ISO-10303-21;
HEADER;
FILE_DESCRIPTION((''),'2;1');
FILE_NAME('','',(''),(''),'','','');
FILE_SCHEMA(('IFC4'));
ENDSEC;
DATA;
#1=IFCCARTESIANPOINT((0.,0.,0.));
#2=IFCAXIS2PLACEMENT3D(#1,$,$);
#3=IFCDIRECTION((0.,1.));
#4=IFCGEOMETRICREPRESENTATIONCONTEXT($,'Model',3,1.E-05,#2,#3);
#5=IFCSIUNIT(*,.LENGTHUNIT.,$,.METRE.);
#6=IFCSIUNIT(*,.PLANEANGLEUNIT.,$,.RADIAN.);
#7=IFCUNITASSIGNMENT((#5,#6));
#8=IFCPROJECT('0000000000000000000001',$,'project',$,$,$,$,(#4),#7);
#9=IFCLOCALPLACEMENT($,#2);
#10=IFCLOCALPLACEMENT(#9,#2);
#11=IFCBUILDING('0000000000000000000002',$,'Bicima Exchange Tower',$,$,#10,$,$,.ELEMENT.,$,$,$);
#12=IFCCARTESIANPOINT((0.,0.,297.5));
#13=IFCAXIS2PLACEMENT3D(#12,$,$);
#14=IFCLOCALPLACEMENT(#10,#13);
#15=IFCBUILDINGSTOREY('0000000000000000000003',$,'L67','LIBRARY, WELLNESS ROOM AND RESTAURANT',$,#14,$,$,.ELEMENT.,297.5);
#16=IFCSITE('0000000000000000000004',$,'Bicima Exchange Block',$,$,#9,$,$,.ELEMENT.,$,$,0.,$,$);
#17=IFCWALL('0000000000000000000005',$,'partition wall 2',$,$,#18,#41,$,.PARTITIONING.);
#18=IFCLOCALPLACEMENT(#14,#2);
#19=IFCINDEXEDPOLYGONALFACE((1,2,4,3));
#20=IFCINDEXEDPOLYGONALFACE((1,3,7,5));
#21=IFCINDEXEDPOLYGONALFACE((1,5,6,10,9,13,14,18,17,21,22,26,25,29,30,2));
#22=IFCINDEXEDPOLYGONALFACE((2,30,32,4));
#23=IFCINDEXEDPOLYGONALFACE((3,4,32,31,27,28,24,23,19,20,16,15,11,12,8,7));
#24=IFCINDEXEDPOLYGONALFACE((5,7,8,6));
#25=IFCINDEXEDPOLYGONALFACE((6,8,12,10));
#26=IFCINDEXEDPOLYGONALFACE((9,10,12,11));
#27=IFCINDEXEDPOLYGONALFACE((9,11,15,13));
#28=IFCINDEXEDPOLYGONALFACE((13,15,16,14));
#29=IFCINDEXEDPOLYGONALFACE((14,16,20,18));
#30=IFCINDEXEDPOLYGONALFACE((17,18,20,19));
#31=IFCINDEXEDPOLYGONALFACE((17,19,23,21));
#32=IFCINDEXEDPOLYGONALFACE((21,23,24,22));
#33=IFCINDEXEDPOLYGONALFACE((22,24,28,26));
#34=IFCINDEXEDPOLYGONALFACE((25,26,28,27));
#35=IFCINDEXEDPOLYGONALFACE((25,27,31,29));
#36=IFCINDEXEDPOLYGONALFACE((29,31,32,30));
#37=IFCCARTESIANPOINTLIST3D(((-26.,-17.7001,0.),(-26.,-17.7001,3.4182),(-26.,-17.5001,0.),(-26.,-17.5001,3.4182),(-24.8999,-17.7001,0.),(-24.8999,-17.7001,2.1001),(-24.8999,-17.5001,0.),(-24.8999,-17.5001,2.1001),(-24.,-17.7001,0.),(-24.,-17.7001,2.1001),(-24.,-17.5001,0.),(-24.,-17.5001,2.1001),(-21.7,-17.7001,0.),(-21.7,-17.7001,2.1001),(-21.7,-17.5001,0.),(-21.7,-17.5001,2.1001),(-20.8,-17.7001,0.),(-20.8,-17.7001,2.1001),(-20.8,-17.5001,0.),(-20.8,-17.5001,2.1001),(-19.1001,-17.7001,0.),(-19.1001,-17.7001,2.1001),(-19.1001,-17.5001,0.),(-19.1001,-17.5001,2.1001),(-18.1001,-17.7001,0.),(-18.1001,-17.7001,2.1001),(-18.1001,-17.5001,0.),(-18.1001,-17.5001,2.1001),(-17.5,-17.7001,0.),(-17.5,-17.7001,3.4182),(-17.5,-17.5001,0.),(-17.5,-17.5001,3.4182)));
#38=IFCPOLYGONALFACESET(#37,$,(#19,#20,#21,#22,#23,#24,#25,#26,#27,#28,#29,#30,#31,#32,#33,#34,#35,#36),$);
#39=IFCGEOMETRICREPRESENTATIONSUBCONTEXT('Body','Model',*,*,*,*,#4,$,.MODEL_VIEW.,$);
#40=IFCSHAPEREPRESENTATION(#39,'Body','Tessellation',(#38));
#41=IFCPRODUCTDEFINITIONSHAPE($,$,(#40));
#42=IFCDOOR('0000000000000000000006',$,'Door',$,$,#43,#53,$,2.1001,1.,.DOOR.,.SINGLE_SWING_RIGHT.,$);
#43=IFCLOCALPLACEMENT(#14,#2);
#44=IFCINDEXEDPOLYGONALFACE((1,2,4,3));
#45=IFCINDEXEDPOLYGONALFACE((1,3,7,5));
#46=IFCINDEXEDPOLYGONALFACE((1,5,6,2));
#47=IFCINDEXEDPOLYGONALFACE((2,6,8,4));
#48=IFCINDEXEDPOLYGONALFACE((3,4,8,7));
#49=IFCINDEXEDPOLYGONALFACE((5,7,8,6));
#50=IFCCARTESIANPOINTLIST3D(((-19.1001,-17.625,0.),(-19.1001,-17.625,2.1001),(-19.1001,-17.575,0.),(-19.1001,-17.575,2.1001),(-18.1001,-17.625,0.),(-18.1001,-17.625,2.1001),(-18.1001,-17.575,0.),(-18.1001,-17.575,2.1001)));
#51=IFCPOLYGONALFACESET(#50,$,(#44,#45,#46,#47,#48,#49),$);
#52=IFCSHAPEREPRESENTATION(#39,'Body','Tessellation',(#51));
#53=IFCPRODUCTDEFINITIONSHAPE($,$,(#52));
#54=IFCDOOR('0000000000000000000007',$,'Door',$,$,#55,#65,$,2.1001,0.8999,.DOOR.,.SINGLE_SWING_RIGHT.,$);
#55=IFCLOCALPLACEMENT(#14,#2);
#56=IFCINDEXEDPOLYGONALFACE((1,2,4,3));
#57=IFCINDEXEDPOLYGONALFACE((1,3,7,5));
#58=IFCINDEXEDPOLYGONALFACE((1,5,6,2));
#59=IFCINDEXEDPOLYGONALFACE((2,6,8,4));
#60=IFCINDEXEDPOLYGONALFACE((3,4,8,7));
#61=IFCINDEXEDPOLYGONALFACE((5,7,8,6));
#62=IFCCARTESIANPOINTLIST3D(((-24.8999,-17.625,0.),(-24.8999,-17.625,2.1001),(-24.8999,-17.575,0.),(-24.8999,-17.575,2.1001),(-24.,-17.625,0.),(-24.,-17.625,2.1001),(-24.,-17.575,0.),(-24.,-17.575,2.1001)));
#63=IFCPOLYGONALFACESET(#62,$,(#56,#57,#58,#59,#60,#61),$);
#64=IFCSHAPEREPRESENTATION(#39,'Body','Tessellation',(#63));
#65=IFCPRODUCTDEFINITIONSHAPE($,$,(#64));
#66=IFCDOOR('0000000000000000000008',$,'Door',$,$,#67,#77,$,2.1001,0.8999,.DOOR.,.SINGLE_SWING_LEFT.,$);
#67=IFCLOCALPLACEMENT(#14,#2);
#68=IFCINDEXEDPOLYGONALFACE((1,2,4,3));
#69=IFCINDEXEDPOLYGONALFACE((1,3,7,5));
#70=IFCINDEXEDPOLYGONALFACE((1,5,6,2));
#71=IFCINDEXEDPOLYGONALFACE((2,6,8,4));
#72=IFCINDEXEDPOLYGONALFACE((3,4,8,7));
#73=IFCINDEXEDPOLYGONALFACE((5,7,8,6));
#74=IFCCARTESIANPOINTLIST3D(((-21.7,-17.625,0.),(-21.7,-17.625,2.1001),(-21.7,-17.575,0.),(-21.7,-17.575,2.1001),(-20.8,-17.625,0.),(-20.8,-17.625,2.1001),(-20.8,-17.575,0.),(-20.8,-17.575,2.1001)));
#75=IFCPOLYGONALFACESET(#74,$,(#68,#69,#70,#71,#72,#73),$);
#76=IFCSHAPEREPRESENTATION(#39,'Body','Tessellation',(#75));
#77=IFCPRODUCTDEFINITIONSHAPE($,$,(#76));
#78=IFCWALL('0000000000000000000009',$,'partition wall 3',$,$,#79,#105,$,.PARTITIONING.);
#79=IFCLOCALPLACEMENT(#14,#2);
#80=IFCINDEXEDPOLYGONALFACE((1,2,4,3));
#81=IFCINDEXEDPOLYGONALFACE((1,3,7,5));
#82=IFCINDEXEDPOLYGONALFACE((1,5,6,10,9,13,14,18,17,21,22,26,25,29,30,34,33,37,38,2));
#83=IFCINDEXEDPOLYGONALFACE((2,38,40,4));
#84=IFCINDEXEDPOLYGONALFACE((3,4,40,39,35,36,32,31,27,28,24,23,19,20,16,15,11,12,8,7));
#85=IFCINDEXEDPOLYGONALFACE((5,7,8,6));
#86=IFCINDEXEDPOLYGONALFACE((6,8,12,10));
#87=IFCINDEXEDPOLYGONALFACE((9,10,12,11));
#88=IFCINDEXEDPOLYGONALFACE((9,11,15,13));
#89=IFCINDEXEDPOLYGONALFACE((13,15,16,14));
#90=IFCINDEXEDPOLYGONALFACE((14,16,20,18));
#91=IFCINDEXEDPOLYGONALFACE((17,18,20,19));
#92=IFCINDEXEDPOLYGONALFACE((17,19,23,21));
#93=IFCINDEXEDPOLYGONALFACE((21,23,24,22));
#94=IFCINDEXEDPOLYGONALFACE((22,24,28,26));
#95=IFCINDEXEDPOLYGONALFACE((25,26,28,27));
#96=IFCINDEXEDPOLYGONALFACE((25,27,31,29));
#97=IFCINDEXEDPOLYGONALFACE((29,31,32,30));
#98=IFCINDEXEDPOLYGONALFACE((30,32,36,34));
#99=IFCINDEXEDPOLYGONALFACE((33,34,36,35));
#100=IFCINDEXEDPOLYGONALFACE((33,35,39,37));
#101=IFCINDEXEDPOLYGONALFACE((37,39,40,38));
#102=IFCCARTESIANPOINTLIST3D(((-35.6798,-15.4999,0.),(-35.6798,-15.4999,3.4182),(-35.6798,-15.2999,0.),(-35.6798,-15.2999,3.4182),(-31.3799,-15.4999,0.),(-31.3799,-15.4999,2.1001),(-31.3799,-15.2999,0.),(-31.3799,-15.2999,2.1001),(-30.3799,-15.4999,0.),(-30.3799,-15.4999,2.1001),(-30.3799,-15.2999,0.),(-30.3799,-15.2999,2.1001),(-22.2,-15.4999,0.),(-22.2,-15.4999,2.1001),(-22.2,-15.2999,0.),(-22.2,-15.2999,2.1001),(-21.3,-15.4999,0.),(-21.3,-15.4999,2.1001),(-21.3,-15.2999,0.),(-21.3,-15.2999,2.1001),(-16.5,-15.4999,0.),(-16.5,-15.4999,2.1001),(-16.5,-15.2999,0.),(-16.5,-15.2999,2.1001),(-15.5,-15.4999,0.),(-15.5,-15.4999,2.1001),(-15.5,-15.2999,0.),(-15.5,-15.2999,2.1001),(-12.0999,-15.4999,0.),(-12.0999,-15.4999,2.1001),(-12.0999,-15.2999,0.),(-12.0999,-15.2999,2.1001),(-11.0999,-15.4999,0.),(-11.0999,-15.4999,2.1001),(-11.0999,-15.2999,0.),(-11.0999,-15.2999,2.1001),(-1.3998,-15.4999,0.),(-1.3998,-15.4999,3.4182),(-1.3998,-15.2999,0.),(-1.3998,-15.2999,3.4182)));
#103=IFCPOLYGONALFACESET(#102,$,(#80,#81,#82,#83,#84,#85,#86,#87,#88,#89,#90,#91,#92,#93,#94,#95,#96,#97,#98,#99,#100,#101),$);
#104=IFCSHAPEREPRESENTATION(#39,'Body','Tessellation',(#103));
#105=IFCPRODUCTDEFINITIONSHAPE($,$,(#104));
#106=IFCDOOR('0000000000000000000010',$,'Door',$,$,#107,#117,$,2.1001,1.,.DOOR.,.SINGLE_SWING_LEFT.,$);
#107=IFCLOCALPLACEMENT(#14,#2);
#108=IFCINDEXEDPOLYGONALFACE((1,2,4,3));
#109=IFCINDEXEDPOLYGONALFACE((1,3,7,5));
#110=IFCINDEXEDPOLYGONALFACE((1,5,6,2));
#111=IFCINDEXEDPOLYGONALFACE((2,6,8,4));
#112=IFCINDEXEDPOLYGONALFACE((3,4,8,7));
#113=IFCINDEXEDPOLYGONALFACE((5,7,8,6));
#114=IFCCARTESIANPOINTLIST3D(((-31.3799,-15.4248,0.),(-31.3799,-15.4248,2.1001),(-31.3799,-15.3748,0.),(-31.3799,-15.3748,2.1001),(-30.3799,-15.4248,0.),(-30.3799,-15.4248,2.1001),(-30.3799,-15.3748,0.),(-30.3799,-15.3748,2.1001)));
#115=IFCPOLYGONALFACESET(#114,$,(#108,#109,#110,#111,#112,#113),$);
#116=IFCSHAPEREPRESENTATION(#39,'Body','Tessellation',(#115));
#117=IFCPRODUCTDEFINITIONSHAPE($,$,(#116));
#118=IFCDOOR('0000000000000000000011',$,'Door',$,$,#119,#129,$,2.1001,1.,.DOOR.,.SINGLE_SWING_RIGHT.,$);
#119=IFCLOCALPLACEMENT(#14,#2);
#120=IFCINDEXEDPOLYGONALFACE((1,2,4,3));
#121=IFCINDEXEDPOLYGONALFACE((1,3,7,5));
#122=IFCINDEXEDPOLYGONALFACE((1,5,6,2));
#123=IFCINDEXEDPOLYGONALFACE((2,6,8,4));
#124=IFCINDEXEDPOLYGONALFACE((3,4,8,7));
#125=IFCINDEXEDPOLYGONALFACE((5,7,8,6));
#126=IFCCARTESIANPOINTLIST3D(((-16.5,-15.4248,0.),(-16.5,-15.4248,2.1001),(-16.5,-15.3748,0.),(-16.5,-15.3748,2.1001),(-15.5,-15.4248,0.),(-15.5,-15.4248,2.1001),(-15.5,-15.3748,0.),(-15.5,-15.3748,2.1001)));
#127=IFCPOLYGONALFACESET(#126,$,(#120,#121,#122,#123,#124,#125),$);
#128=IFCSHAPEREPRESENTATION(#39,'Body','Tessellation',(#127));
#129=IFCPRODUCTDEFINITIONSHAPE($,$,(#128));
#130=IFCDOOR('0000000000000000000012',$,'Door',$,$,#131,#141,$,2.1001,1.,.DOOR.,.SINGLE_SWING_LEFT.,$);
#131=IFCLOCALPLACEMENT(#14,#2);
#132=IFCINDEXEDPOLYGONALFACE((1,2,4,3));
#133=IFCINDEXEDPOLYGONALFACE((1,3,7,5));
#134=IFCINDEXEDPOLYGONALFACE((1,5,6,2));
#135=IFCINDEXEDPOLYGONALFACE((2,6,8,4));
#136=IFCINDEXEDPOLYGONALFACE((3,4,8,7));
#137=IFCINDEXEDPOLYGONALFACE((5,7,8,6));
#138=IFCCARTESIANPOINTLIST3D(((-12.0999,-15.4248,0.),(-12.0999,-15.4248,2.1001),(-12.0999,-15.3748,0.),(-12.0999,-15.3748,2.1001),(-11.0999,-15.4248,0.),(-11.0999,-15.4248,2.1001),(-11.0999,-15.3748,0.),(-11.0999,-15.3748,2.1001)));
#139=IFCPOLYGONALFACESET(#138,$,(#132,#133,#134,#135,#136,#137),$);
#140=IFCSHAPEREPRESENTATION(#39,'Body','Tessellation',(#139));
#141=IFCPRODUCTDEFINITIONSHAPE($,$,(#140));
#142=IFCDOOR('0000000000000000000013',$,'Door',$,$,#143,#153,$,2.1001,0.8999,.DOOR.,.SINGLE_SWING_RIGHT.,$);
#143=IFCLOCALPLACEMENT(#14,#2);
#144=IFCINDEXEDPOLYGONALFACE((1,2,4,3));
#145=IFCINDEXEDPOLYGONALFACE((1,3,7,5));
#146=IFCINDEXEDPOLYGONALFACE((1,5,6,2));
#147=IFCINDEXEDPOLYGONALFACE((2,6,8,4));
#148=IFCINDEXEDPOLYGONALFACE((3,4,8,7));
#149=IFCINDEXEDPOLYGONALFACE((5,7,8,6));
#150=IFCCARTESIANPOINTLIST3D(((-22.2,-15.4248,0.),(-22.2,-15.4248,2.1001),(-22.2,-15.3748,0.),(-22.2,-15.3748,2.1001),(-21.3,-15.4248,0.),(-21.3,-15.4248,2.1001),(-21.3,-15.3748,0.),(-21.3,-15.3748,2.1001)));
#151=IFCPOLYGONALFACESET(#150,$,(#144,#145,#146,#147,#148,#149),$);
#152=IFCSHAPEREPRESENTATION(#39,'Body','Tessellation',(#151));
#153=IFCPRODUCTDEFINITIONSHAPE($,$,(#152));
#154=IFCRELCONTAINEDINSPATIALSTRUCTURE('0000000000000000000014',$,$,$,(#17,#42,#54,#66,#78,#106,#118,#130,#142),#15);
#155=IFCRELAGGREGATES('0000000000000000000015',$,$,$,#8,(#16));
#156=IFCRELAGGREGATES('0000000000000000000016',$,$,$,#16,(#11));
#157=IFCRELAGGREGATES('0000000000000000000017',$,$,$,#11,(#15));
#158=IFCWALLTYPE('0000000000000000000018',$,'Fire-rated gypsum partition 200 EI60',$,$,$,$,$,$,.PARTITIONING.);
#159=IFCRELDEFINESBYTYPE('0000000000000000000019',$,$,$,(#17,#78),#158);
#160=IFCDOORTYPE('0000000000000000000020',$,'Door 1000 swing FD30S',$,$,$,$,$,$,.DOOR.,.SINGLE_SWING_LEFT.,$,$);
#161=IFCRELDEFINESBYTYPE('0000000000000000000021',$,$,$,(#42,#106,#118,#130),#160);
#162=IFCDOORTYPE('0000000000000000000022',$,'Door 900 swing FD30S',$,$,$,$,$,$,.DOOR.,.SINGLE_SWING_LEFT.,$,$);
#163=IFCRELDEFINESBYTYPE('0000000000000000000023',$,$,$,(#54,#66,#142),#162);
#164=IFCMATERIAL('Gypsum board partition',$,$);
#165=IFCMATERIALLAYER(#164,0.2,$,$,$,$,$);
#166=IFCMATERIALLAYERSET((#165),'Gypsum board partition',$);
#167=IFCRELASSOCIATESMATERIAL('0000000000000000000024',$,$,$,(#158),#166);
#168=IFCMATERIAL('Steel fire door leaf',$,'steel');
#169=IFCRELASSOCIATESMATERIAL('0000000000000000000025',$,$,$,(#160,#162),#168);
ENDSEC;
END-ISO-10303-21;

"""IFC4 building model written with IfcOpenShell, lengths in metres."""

from ifc_helpers import new_model, si_unit, direction, frame, frame_2d, origin, place, context, subcontext, project, spatial, rectangle, extrude, material, layer, layer_set, type_object, element, fill, save


model = new_model("IFC4")

# Units and contexts
model_context = context("Model", 3, precision=1e-05, world=origin(), true_north=direction((0.0, 1.0)))
body_context = subcontext(model_context, "Body", "Model", "MODEL_VIEW")
ifc_project = project(units=[si_unit("LENGTHUNIT", "METRE"), si_unit("PLANEANGLEUNIT", "RADIAN")], contexts=[model_context])

# Site, building, storey
site_placement = place(None, origin())
site = spatial("IfcSite", under=ifc_project, at=site_placement, Name="Bicima Exchange Block", CompositionType="ELEMENT", RefElevation=0.0)
building_placement = place(site_placement, origin())
building = spatial("IfcBuilding", under=site, at=building_placement, Name="Bicima Exchange Tower", CompositionType="ELEMENT")
storey_placement = place(building_placement, frame((0.0, 0.0, 297.5)))
storey = spatial("IfcBuildingStorey", under=building, at=storey_placement, Name="L67", Description="LIBRARY, WELLNESS ROOM AND RESTAURANT", CompositionType="ELEMENT", Elevation=297.5)

# Walls, openings, doors
ifc_material_1 = material(Name="Gypsum board partition")
ifc_layer_1 = layer(ifc_material_1, 0.2)
ifc_layer_set_1 = layer_set([ifc_layer_1], Name="Gypsum board partition")
wall_type_1 = type_object("IfcWallType", Name="Fire-rated gypsum partition 200 EI60", PredefinedType="PARTITIONING", material=ifc_layer_set_1)
wall_1_placement = place(storey_placement, frame((-26.0, -17.6001, 0.0), z_axis=(0.0, 0.0, 1.0), x_axis=(1.0, 0.0, 0.0)))
wall_1 = element("IfcWall", 1, at=wall_1_placement, inside=storey, type_object=wall_type_1, Name="partition wall 2", PredefinedType="PARTITIONING", context=body_context, shape_type="SweptSolid", body=[
    extrude(rectangle(XDim=8.5, YDim=0.2, at=frame_2d((4.25, 0.0))), origin(), (0.0, 0.0, 1.0), 3.4182),
])
opening_1_placement = place(wall_1_placement, frame((1.1001, 0.0, 0.0)))
opening_1 = element("IfcOpeningElement", 2, at=opening_1_placement, cuts=wall_1, PredefinedType="OPENING", context=body_context, shape_type="SweptSolid", body=[
    extrude(rectangle(XDim=0.8999, YDim=2.1001, at=frame_2d((0.45, 1.05))), frame((0.0, 0.1118, 0.0), z_axis=(0.0, -1.0, 0.0), x_axis=(1.0, 0.0, 0.0)), (0.0, 0.0, 1.0), 0.2239),
])
opening_2_placement = place(wall_1_placement, frame((4.3, 0.0, 0.0)))
opening_2 = element("IfcOpeningElement", 3, at=opening_2_placement, cuts=wall_1, PredefinedType="OPENING", context=body_context, shape_type="SweptSolid", body=[
    extrude(rectangle(XDim=0.8999, YDim=2.1001, at=frame_2d((0.45, 1.05))), frame((0.0, 0.1118, 0.0), z_axis=(0.0, -1.0, 0.0), x_axis=(1.0, 0.0, 0.0)), (0.0, 0.0, 1.0), 0.2239),
])
opening_3_placement = place(wall_1_placement, frame((6.8999, 0.0, 0.0)))
opening_3 = element("IfcOpeningElement", 4, at=opening_3_placement, cuts=wall_1, PredefinedType="OPENING", context=body_context, shape_type="SweptSolid", body=[
    extrude(rectangle(XDim=1.0, YDim=2.1001, at=frame_2d((0.5, 1.05))), frame((0.0, 0.1118, 0.0), z_axis=(0.0, -1.0, 0.0), x_axis=(1.0, 0.0, 0.0)), (0.0, 0.0, 1.0), 0.2239),
])
ifc_material_2 = material(Name="Steel fire door leaf", Category="steel")
door_type_1 = type_object("IfcDoorType", Name="Door 1000 swing FD30S", OperationType="SINGLE_SWING_LEFT", PredefinedType="DOOR", material=ifc_material_2)
door_1_placement = place(opening_3_placement, frame((1.0, 0.0, 0.0), z_axis=(0.0, 0.0, 1.0), x_axis=(-1.0, 0.0, 0.0)))
door_1 = element("IfcDoor", 5, at=door_1_placement, inside=storey, type_object=door_type_1, Name="Door", OperationType="SINGLE_SWING_RIGHT", OverallHeight=2.1001, OverallWidth=1.0, PredefinedType="DOOR", context=body_context, shape_type="SweptSolid", body=[
    extrude(rectangle(XDim=1.0, YDim=2.1001, at=frame_2d((0.5, 1.05))), frame((0.0, 0.0249, 0.0), z_axis=(0.0, -1.0, 0.0), x_axis=(1.0, 0.0, 0.0)), (0.0, 0.0, 1.0), 0.05),
])
fill(opening_3, door_1)
door_type_2 = type_object("IfcDoorType", Name="Door 900 swing FD30S", OperationType="SINGLE_SWING_LEFT", PredefinedType="DOOR", material=ifc_material_2)
door_2_placement = place(opening_1_placement, frame((0.8999, 0.0, 0.0), z_axis=(0.0, 0.0, 1.0), x_axis=(-1.0, 0.0, 0.0)))
door_2 = element("IfcDoor", 6, at=door_2_placement, inside=storey, type_object=door_type_2, Name="Door", OperationType="SINGLE_SWING_RIGHT", OverallHeight=2.1001, OverallWidth=0.8999, PredefinedType="DOOR", context=body_context, shape_type="SweptSolid", body=[
    extrude(rectangle(XDim=0.8999, YDim=2.1001, at=frame_2d((0.45, 1.05))), frame((0.0, 0.0249, 0.0), z_axis=(0.0, -1.0, 0.0), x_axis=(1.0, 0.0, 0.0)), (0.0, 0.0, 1.0), 0.05),
])
fill(opening_1, door_2)
door_3_placement = place(opening_2_placement, frame((0.8999, 0.0, 0.0), z_axis=(0.0, 0.0, 1.0), x_axis=(-1.0, 0.0, 0.0)))
door_3 = element("IfcDoor", 7, at=door_3_placement, inside=storey, type_object=door_type_2, Name="Door", OperationType="SINGLE_SWING_LEFT", OverallHeight=2.1001, OverallWidth=0.8999, PredefinedType="DOOR", context=body_context, shape_type="SweptSolid", body=[
    extrude(rectangle(XDim=0.8999, YDim=2.1001, at=frame_2d((0.45, 1.05))), frame((0.0, 0.0249, 0.0), z_axis=(0.0, -1.0, 0.0), x_axis=(1.0, 0.0, 0.0)), (0.0, 0.0, 1.0), 0.05),
])
fill(opening_2, door_3)
wall_2_placement = place(storey_placement, frame((-35.6799, -15.3999, 0.0), z_axis=(0.0, 0.0, 1.0), x_axis=(1.0, 0.0, 0.0)))
wall_2 = element("IfcWall", 8, at=wall_2_placement, inside=storey, type_object=wall_type_1, Name="partition wall 3", PredefinedType="PARTITIONING", context=body_context, shape_type="SweptSolid", body=[
    extrude(rectangle(XDim=34.28, YDim=0.2, at=frame_2d((17.1401, 0.0))), origin(), (0.0, 0.0, 1.0), 3.4182),
])
opening_4_placement = place(wall_2_placement, frame((4.3, 0.0, 0.0)))
opening_4 = element("IfcOpeningElement", 9, at=opening_4_placement, cuts=wall_2, PredefinedType="OPENING", context=body_context, shape_type="SweptSolid", body=[
    extrude(rectangle(XDim=1.0, YDim=2.1001, at=frame_2d((0.5, 1.05))), frame((0.0, 0.1118, 0.0), z_axis=(0.0, -1.0, 0.0), x_axis=(1.0, 0.0, 0.0)), (0.0, 0.0, 1.0), 0.2239),
])
opening_5_placement = place(wall_2_placement, frame((13.48, 0.0, 0.0)))
opening_5 = element("IfcOpeningElement", 10, at=opening_5_placement, cuts=wall_2, PredefinedType="OPENING", context=body_context, shape_type="SweptSolid", body=[
    extrude(rectangle(XDim=0.8999, YDim=2.1001, at=frame_2d((0.45, 1.05))), frame((0.0, 0.1118, 0.0), z_axis=(0.0, -1.0, 0.0), x_axis=(1.0, 0.0, 0.0)), (0.0, 0.0, 1.0), 0.2239),
])
opening_6_placement = place(wall_2_placement, frame((19.1799, 0.0, 0.0)))
opening_6 = element("IfcOpeningElement", 11, at=opening_6_placement, cuts=wall_2, PredefinedType="OPENING", context=body_context, shape_type="SweptSolid", body=[
    extrude(rectangle(XDim=1.0, YDim=2.1001, at=frame_2d((0.5, 1.05))), frame((0.0, 0.1118, 0.0), z_axis=(0.0, -1.0, 0.0), x_axis=(1.0, 0.0, 0.0)), (0.0, 0.0, 1.0), 0.2239),
])
opening_7_placement = place(wall_2_placement, frame((23.5801, 0.0, 0.0)))
opening_7 = element("IfcOpeningElement", 12, at=opening_7_placement, cuts=wall_2, PredefinedType="OPENING", context=body_context, shape_type="SweptSolid", body=[
    extrude(rectangle(XDim=1.0, YDim=2.1001, at=frame_2d((0.5, 1.05))), frame((0.0, 0.1118, 0.0), z_axis=(0.0, -1.0, 0.0), x_axis=(1.0, 0.0, 0.0)), (0.0, 0.0, 1.0), 0.2239),
])
door_4_placement = place(opening_4_placement, frame((1.0, 0.0, 0.0), z_axis=(0.0, 0.0, 1.0), x_axis=(-1.0, 0.0, 0.0)))
door_4 = element("IfcDoor", 13, at=door_4_placement, inside=storey, type_object=door_type_1, Name="Door", OperationType="SINGLE_SWING_LEFT", OverallHeight=2.1001, OverallWidth=1.0, PredefinedType="DOOR", context=body_context, shape_type="SweptSolid", body=[
    extrude(rectangle(XDim=1.0, YDim=2.1001, at=frame_2d((0.5, 1.05))), frame((0.0, 0.0249, 0.0), z_axis=(0.0, -1.0, 0.0), x_axis=(1.0, 0.0, 0.0)), (0.0, 0.0, 1.0), 0.05),
])
fill(opening_4, door_4)
door_5_placement = place(opening_6_placement, frame((1.0, 0.0, 0.0), z_axis=(0.0, 0.0, 1.0), x_axis=(-1.0, 0.0, 0.0)))
door_5 = element("IfcDoor", 14, at=door_5_placement, inside=storey, type_object=door_type_1, Name="Door", OperationType="SINGLE_SWING_RIGHT", OverallHeight=2.1001, OverallWidth=1.0, PredefinedType="DOOR", context=body_context, shape_type="SweptSolid", body=[
    extrude(rectangle(XDim=1.0, YDim=2.1001, at=frame_2d((0.5, 1.05))), frame((0.0, 0.0249, 0.0), z_axis=(0.0, -1.0, 0.0), x_axis=(1.0, 0.0, 0.0)), (0.0, 0.0, 1.0), 0.05),
])
fill(opening_6, door_5)
door_6_placement = place(opening_7_placement, frame((1.0, 0.0, 0.0), z_axis=(0.0, 0.0, 1.0), x_axis=(-1.0, 0.0, 0.0)))
door_6 = element("IfcDoor", 15, at=door_6_placement, inside=storey, type_object=door_type_1, Name="Door", OperationType="SINGLE_SWING_LEFT", OverallHeight=2.1001, OverallWidth=1.0, PredefinedType="DOOR", context=body_context, shape_type="SweptSolid", body=[
    extrude(rectangle(XDim=1.0, YDim=2.1001, at=frame_2d((0.5, 1.05))), frame((0.0, 0.0249, 0.0), z_axis=(0.0, -1.0, 0.0), x_axis=(1.0, 0.0, 0.0)), (0.0, 0.0, 1.0), 0.05),
])
fill(opening_7, door_6)
door_7_placement = place(opening_5_placement, frame((0.8999, 0.0, 0.0), z_axis=(0.0, 0.0, 1.0), x_axis=(-1.0, 0.0, 0.0)))
door_7 = element("IfcDoor", 16, at=door_7_placement, inside=storey, type_object=door_type_2, Name="Door", OperationType="SINGLE_SWING_RIGHT", OverallHeight=2.1001, OverallWidth=0.8999, PredefinedType="DOOR", context=body_context, shape_type="SweptSolid", body=[
    extrude(rectangle(XDim=0.8999, YDim=2.1001, at=frame_2d((0.45, 1.05))), frame((0.0, 0.0249, 0.0), z_axis=(0.0, -1.0, 0.0), x_axis=(1.0, 0.0, 0.0)), (0.0, 0.0, 1.0), 0.05),
])
fill(opening_5, door_7)

save(model, "model.ifc")
